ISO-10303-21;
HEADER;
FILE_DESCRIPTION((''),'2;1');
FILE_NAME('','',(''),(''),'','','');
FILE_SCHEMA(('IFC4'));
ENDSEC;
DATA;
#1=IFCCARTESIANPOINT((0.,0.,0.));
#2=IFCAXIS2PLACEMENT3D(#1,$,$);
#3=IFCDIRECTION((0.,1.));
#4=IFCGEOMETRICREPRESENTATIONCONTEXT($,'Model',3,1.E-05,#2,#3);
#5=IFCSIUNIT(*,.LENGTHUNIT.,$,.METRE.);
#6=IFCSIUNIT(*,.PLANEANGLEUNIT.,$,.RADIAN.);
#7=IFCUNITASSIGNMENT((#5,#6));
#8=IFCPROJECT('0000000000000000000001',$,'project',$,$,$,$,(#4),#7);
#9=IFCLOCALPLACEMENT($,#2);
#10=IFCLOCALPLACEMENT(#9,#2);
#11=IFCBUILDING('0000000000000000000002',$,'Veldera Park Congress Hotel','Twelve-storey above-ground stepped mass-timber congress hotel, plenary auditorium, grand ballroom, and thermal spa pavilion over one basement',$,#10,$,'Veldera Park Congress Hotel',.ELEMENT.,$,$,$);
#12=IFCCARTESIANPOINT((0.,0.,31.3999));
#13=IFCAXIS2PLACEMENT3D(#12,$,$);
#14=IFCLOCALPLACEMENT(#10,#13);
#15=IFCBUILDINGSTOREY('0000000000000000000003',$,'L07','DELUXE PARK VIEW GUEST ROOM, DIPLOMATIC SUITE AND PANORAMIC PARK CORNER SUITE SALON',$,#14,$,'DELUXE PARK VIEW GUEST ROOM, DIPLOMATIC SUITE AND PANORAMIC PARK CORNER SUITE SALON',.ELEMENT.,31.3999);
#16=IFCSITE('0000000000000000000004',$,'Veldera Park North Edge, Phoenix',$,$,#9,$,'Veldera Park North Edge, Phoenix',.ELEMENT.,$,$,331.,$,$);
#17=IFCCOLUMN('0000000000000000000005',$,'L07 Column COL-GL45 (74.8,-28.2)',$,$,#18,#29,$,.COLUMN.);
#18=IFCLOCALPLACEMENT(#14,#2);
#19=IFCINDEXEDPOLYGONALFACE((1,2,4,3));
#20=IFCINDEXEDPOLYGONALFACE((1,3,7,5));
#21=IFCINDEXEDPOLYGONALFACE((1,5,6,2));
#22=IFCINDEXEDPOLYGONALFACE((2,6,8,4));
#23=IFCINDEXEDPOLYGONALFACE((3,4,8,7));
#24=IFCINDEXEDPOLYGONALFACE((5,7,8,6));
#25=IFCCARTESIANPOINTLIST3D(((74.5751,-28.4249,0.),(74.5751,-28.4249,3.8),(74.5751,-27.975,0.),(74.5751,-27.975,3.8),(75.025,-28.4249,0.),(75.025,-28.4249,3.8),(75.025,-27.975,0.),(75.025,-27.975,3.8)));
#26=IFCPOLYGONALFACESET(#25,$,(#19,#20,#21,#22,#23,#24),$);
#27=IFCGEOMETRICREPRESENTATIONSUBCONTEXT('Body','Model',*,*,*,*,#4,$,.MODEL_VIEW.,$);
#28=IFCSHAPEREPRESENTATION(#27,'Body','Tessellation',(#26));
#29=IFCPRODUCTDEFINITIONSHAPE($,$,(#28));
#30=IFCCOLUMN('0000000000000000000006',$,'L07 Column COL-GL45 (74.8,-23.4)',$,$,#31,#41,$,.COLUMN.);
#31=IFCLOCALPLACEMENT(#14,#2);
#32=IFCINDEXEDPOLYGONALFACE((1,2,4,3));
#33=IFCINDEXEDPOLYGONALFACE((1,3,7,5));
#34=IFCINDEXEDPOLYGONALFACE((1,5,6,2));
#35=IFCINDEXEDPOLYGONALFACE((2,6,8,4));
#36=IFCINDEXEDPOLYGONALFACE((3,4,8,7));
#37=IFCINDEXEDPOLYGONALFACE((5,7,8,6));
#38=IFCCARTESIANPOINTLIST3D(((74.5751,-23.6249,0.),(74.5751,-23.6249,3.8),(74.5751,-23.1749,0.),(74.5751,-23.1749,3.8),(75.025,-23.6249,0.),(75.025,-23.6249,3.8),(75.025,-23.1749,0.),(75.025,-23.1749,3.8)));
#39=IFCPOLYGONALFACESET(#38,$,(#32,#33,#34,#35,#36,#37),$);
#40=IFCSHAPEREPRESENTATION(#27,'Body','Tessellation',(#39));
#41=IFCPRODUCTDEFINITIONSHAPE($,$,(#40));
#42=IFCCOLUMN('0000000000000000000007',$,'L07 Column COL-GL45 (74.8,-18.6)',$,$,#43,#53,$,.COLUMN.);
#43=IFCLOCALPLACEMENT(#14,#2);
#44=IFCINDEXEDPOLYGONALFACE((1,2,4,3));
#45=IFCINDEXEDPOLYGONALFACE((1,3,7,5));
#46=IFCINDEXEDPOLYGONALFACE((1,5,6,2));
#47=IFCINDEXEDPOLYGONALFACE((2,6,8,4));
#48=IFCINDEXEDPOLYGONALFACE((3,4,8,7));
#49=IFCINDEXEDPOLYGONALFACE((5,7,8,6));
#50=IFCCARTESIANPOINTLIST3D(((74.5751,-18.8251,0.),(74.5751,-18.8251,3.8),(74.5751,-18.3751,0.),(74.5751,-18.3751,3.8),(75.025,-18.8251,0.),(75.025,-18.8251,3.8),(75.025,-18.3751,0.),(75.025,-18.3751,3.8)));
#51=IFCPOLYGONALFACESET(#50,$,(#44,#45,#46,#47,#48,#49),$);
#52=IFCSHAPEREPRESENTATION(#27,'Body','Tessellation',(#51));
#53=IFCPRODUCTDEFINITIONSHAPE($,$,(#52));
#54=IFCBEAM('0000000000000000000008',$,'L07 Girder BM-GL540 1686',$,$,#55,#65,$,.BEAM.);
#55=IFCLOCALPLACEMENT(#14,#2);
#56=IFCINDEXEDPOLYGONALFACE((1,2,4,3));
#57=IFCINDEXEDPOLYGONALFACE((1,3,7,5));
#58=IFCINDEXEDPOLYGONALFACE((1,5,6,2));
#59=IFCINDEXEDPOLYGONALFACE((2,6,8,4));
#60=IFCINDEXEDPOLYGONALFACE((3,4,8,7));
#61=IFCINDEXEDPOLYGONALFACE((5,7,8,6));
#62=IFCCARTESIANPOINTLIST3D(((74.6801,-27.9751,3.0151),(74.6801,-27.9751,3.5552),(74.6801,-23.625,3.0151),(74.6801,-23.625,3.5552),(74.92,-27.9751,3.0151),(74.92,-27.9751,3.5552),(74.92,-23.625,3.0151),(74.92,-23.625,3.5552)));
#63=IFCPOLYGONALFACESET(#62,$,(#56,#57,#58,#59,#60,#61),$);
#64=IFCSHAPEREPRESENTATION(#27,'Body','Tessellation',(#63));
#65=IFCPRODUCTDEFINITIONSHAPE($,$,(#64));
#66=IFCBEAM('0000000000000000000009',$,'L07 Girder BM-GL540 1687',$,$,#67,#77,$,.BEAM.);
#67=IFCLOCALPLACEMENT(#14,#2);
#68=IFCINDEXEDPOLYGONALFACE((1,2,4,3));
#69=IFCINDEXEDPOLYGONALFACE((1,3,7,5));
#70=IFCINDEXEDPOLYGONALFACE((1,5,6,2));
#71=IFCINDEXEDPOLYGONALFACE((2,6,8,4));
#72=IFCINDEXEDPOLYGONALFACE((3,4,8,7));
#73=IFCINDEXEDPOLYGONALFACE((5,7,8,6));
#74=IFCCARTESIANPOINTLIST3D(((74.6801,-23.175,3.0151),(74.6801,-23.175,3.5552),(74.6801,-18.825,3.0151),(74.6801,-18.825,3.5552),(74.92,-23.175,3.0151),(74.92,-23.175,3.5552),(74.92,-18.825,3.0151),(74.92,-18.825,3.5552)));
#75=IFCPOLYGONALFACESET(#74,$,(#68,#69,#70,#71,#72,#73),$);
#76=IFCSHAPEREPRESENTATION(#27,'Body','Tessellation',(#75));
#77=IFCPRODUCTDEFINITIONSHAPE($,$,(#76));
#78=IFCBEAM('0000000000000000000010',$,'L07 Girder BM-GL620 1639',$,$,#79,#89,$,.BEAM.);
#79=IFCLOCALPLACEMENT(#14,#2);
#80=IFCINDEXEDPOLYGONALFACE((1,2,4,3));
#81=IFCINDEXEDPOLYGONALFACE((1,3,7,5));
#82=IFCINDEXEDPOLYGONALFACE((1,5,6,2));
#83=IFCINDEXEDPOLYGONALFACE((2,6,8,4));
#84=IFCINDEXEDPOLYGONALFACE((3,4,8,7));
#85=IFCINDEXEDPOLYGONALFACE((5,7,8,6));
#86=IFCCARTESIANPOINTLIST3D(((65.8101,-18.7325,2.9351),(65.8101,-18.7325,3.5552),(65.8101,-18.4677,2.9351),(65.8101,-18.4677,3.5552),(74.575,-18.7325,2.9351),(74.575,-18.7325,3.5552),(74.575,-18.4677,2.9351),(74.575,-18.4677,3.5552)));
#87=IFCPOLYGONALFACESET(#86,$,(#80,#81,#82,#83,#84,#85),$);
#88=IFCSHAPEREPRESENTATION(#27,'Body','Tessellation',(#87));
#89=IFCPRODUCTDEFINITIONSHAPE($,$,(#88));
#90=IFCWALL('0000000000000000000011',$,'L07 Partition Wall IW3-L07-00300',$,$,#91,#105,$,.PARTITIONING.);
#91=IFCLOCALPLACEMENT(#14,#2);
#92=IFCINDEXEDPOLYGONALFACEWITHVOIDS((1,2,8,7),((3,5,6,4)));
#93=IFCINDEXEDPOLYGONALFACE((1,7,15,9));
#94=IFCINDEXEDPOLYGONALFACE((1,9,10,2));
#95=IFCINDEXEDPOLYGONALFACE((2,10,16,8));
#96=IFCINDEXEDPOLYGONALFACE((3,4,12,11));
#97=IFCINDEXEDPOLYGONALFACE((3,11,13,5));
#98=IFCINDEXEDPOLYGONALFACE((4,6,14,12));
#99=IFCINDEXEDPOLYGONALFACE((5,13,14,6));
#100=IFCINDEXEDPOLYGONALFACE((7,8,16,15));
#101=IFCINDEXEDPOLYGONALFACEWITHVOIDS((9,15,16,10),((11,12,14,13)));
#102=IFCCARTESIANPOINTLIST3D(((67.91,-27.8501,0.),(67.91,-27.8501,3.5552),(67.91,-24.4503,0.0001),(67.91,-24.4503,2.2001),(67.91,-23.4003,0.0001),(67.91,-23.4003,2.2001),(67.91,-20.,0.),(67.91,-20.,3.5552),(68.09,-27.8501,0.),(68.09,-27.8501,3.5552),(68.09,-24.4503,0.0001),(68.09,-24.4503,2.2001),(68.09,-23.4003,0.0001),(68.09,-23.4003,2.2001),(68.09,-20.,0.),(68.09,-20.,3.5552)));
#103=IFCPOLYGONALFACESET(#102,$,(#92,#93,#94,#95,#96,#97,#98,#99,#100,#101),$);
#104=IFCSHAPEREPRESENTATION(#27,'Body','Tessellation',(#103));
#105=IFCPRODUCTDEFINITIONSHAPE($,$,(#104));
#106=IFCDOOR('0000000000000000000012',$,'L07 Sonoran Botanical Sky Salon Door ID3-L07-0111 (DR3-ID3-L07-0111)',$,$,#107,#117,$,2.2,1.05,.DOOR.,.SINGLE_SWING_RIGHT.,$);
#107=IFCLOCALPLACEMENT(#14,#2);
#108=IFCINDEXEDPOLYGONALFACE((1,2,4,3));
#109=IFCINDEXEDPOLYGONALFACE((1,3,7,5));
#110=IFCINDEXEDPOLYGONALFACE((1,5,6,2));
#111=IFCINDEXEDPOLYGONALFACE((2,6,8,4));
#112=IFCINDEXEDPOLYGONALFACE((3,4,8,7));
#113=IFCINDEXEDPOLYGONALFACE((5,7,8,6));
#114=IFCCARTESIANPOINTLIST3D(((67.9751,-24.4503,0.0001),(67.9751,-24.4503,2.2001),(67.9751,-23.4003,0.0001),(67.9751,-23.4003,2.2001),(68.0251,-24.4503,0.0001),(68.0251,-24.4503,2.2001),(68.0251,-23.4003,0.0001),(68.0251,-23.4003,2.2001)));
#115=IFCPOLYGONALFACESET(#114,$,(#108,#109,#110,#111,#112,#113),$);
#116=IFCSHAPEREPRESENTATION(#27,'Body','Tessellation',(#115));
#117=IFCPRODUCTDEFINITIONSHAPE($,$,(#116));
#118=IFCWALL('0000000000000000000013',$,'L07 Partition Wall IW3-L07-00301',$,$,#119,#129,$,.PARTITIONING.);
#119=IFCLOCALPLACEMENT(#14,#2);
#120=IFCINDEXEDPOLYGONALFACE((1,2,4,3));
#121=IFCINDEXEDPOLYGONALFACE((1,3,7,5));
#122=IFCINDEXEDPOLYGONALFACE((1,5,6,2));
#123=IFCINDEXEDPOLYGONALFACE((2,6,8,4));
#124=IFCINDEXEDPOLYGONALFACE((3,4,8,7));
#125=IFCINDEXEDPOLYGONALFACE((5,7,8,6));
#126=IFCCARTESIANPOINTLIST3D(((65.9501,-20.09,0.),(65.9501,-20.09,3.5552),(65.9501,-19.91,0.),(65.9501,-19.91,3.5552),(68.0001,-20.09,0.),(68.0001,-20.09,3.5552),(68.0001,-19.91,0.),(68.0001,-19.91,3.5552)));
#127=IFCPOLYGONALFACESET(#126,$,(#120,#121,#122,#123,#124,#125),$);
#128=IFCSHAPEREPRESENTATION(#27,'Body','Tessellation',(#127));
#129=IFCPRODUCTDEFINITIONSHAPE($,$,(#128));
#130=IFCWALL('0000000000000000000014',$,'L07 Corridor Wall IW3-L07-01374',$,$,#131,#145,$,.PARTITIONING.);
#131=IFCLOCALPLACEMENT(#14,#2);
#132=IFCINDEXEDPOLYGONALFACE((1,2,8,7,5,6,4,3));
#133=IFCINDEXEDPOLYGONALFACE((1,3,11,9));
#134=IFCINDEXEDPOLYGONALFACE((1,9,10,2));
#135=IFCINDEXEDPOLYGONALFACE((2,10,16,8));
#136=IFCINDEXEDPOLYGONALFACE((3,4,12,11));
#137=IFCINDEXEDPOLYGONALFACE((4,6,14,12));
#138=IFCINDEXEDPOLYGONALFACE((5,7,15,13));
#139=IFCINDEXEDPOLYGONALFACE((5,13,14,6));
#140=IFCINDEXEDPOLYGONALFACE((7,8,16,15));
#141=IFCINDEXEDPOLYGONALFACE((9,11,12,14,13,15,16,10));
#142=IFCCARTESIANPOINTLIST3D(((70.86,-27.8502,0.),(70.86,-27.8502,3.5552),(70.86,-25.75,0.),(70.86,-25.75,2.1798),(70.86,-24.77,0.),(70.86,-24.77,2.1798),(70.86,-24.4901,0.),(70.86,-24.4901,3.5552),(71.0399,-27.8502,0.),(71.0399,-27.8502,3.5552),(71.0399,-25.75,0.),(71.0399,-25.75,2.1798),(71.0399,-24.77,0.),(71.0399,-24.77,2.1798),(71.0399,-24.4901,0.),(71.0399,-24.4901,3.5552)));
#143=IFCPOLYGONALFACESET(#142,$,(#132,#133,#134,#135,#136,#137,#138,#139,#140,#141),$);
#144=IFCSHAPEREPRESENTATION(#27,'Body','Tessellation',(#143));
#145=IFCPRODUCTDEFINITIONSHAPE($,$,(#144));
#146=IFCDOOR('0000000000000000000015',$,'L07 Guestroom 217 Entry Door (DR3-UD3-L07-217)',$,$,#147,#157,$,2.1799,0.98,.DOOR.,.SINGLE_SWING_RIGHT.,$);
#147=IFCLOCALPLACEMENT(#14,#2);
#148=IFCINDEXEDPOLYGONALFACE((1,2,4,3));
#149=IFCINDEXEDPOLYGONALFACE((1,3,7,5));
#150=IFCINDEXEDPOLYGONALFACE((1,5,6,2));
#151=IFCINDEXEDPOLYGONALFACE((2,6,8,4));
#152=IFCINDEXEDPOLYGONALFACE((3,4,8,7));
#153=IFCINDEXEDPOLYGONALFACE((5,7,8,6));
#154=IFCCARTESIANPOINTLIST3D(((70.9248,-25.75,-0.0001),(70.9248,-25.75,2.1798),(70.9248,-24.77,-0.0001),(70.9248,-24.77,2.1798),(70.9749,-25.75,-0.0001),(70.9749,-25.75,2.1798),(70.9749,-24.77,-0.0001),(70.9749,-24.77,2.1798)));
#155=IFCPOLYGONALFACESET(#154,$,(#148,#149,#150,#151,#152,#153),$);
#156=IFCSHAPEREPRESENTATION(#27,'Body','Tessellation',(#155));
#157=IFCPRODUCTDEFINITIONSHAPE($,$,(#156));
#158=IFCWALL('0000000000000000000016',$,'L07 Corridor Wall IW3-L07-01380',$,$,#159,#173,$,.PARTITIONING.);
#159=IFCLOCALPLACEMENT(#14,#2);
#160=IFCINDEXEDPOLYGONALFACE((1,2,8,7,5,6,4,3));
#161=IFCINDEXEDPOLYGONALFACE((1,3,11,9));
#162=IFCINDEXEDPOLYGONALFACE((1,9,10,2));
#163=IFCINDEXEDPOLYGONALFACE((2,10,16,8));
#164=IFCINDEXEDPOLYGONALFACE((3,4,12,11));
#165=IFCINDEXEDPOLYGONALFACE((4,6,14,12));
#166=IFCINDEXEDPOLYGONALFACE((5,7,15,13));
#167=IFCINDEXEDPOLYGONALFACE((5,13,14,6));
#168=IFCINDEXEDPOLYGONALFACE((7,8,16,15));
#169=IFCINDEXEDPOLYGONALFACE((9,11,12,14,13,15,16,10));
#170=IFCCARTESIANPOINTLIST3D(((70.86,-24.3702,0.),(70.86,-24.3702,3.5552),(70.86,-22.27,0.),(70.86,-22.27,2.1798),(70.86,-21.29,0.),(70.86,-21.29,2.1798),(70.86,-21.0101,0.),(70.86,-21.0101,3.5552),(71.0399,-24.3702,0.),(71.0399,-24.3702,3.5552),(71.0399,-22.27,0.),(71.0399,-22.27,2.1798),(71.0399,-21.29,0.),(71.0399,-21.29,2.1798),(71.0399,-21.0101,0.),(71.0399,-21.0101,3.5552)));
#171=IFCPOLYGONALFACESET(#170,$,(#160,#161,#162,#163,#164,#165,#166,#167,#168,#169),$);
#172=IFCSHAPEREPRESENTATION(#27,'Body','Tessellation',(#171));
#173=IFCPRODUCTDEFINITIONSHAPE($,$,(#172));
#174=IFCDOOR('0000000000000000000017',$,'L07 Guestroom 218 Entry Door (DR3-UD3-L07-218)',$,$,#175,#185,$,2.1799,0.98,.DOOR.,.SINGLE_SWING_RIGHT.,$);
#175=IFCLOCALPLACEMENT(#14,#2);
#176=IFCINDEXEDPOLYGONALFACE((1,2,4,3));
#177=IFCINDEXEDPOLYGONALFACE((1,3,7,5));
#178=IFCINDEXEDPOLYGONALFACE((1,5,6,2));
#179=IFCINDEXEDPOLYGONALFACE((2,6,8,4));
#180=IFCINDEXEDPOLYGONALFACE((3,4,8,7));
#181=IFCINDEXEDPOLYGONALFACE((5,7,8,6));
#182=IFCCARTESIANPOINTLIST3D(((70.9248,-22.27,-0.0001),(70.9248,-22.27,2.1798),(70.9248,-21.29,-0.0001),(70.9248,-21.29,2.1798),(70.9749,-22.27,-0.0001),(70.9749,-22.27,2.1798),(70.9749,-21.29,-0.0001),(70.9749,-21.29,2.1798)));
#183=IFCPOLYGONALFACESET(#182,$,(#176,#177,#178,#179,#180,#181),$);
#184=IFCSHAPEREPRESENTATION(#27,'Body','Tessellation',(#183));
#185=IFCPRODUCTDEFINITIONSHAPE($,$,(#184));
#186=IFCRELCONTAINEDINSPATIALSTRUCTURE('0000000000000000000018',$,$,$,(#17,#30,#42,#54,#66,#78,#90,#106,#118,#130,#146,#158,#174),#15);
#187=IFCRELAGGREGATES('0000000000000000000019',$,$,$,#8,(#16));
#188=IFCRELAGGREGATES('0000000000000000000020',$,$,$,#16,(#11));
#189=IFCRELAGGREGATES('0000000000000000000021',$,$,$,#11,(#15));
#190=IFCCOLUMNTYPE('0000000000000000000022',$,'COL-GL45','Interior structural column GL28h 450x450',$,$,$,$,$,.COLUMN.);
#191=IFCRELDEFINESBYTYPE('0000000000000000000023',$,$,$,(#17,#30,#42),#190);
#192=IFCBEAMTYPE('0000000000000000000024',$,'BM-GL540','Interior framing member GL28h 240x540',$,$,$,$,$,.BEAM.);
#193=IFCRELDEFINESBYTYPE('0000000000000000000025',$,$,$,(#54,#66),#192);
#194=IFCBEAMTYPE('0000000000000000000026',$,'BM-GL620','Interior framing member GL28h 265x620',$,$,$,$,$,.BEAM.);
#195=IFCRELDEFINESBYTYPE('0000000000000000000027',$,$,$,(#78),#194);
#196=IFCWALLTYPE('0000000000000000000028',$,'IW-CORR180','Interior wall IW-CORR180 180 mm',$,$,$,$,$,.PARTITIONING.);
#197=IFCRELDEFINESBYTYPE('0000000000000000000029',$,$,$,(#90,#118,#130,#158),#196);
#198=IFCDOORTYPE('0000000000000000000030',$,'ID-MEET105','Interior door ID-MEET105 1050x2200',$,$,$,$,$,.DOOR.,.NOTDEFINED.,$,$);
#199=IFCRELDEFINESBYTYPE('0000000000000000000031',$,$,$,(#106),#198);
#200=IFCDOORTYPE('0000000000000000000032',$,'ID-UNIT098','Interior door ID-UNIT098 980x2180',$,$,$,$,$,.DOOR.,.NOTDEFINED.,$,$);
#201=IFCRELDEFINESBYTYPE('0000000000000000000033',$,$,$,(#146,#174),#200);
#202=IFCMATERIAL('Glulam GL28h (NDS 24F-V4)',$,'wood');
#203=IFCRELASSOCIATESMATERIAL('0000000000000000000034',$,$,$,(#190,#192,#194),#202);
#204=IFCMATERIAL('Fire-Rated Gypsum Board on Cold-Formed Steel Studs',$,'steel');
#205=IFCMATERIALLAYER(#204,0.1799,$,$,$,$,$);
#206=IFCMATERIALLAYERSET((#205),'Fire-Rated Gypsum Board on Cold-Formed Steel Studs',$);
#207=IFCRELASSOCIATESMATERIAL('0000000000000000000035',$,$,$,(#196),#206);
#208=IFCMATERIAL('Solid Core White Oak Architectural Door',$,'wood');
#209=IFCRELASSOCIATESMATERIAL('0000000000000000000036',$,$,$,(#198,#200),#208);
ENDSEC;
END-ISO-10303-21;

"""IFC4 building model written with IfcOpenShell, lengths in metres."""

from ifc_helpers import new_model, si_unit, direction, frame, frame_2d, origin, origin_2d, place, context, subcontext, project, spatial, rectangle, extrude, material, layer, layer_set, material_profile, profile_set, type_object, element, fill, save


model = new_model("IFC4")

# Units and contexts
model_context = context("Model", 3, precision=1e-05, world=origin(), true_north=direction((0.0, 1.0)))
body_context = subcontext(model_context, "Body", "Model", "MODEL_VIEW")
ifc_project = project(units=[si_unit("LENGTHUNIT", "METRE"), si_unit("PLANEANGLEUNIT", "RADIAN")], contexts=[model_context])

# Site, building, storey
site_placement = place(None, origin())
site = spatial("IfcSite", under=ifc_project, at=site_placement, Name="Veldera Park North Edge, Phoenix", LongName="Veldera Park North Edge, Phoenix", CompositionType="ELEMENT", RefElevation=331.0)
building_placement = place(site_placement, origin())
building = spatial("IfcBuilding", under=site, at=building_placement, Name="Veldera Park Congress Hotel", Description="Twelve-storey above-ground stepped mass-timber congress hotel, plenary auditorium, grand ballroom, and thermal spa pavilion over one basement", LongName="Veldera Park Congress Hotel", CompositionType="ELEMENT")
storey_placement = place(building_placement, frame((0.0, 0.0, 31.3999)))
storey = spatial("IfcBuildingStorey", under=building, at=storey_placement, Name="L07", Description="DELUXE PARK VIEW GUEST ROOM, DIPLOMATIC SUITE AND PANORAMIC PARK CORNER SUITE SALON", LongName="DELUXE PARK VIEW GUEST ROOM, DIPLOMATIC SUITE AND PANORAMIC PARK CORNER SUITE SALON", CompositionType="ELEMENT", Elevation=31.3999)

# Columns
ifc_material_1 = material(Name="Glulam GL28h (NDS 24F-V4)", Category="wood")
ifc_material_profile_1 = material_profile(ifc_material_1, rectangle(XDim=0.45, YDim=0.45, at=origin_2d()), Name="GL28h 450x450")
ifc_profile_set_1 = profile_set([ifc_material_profile_1], Name="Glulam GL28h (NDS 24F-V4)")
column_type = type_object("IfcColumnType", Name="COL-GL45", Description="Interior structural column GL28h 450x450", PredefinedType="COLUMN", material=ifc_profile_set_1)
for number, where, z_axis, x_axis, name in (
    (1, (74.8, -28.2, 0.0), (0.0, 0.0, 1.0), (1.0, 0.0, 0.0), "L07 Column COL-GL45 (74.8,-28.2)"),
    (2, (74.8, -23.3999, 0.0), (0.0, 0.0, 1.0), (1.0, 0.0, 0.0), "L07 Column COL-GL45 (74.8,-23.4)"),
    (3, (74.8, -18.6001, 0.0), (0.0, 0.0, 1.0), (1.0, 0.0, 0.0), "L07 Column COL-GL45 (74.8,-18.6)"),
):
    element("IfcColumn", number, at=place(storey_placement, frame(where, z_axis=z_axis, x_axis=x_axis)), inside=storey, type_object=column_type, Name=name, PredefinedType="COLUMN", context=body_context, shape_type="SweptSolid", body=[
        extrude(rectangle(XDim=0.45, YDim=0.45, at=origin_2d()), origin(), (0.0, 0.0, 1.0), 3.8),
    ])

# Beams
ifc_material_profile_2 = material_profile(ifc_material_1, rectangle(XDim=0.24, YDim=0.54, at=origin_2d()), Name="GL28h 240x540")
ifc_profile_set_2 = profile_set([ifc_material_profile_2], Name="Glulam GL28h (NDS 24F-V4)")
beam_type_1 = type_object("IfcBeamType", Name="BM-GL540", Description="Interior framing member GL28h 240x540", PredefinedType="BEAM", material=ifc_profile_set_2)
for number, where, z_axis, x_axis, name in (
    (4, (74.8, -27.9751, 3.2852), (0.0, 1.0, 0.0), (-1.0, 0.0, 0.0), "L07 Girder BM-GL540 1686"),
    (5, (74.8, -23.175, 3.2852), (0.0, 1.0, 0.0), (-1.0, 0.0, 0.0), "L07 Girder BM-GL540 1687"),
):
    element("IfcBeam", number, at=place(storey_placement, frame(where, z_axis=z_axis, x_axis=x_axis)), inside=storey, type_object=beam_type_1, Name=name, PredefinedType="BEAM", context=body_context, shape_type="SweptSolid", body=[
        extrude(rectangle(XDim=0.24, YDim=0.54, at=origin_2d()), origin(), (0.0, 0.0, 1.0), 4.3501),
    ])
ifc_material_profile_3 = material_profile(ifc_material_1, rectangle(XDim=0.2649, YDim=0.6201, at=origin_2d()), Name="GL28h 265x620")
ifc_profile_set_3 = profile_set([ifc_material_profile_3], Name="Glulam GL28h (NDS 24F-V4)")
beam_type_2 = type_object("IfcBeamType", Name="BM-GL620", Description="Interior framing member GL28h 265x620", PredefinedType="BEAM", material=ifc_profile_set_3)
beam_placement = place(storey_placement, frame((65.8101, -18.6001, 3.2451), z_axis=(1.0, 0.0, 0.0), x_axis=(0.0, 1.0, 0.0)))
element("IfcBeam", 6, at=beam_placement, inside=storey, type_object=beam_type_2, Name="L07 Girder BM-GL620 1639", PredefinedType="BEAM", context=body_context, shape_type="SweptSolid", body=[
    extrude(rectangle(XDim=0.2649, YDim=0.6201, at=origin_2d()), origin(), (0.0, 0.0, 1.0), 8.7649),
])

# Wall, opening, door
ifc_material_2 = material(Name="Fire-Rated Gypsum Board on Cold-Formed Steel Studs", Category="steel")
ifc_layer_1 = layer(ifc_material_2, 0.1799)
ifc_layer_set_1 = layer_set([ifc_layer_1], Name="Fire-Rated Gypsum Board on Cold-Formed Steel Studs")
wall_type_1 = type_object("IfcWallType", Name="IW-CORR180", Description="Interior wall IW-CORR180 180 mm", PredefinedType="PARTITIONING", material=ifc_layer_set_1)
wall_1_placement = place(storey_placement, frame((68.0, -27.8501, 0.0), z_axis=(0.0, 0.0, 1.0), x_axis=(0.0, 1.0, 0.0)))
wall_1 = element("IfcWall", 7, at=wall_1_placement, inside=storey, type_object=wall_type_1, Name="L07 Partition Wall IW3-L07-00300", PredefinedType="PARTITIONING", context=body_context, shape_type="SweptSolid", body=[
    extrude(rectangle(XDim=7.8501, YDim=0.1799, at=frame_2d((3.925, 0.0))), origin(), (0.0, 0.0, 1.0), 3.5552),
])
opening_1_placement = place(wall_1_placement, frame((3.3999, 0.0, 0.0)))
opening_1 = element("IfcOpeningElement", 8, at=opening_1_placement, cuts=wall_1, PredefinedType="OPENING", context=body_context, shape_type="SweptSolid", body=[
    extrude(rectangle(XDim=1.05, YDim=2.2, at=frame_2d((0.5249, 1.1001))), frame((0.0, 0.1021, 0.0), z_axis=(0.0, -1.0, 0.0), x_axis=(1.0, 0.0, 0.0)), (0.0, 0.0, 1.0), 0.2039),
])
ifc_material_3 = material(Name="Solid Core White Oak Architectural Door", Category="wood")
door_type_1 = type_object("IfcDoorType", Name="ID-MEET105", Description="Interior door ID-MEET105 1050x2200", OperationType="NOTDEFINED", PredefinedType="DOOR", material=ifc_material_3)
door_1_placement = place(opening_1_placement, origin())
door_1 = element("IfcDoor", 9, at=door_1_placement, inside=storey, type_object=door_type_1, Name="L07 Sonoran Botanical Sky Salon Door ID3-L07-0111 (DR3-ID3-L07-0111)", OperationType="SINGLE_SWING_RIGHT", OverallHeight=2.2, OverallWidth=1.05, PredefinedType="DOOR", context=body_context, shape_type="SweptSolid", body=[
    extrude(rectangle(XDim=1.05, YDim=2.2, at=frame_2d((0.5249, 1.1001))), frame((0.0, 0.0249, 0.0), z_axis=(0.0, -1.0, 0.0), x_axis=(1.0, 0.0, 0.0)), (0.0, 0.0, 1.0), 0.05),
])
fill(opening_1, door_1)

# Wall
wall_2_placement = place(storey_placement, frame((68.0, -20.0, 0.0), z_axis=(0.0, 0.0, 1.0), x_axis=(-1.0, 0.0, 0.0)))
element("IfcWall", 10, at=wall_2_placement, inside=storey, type_object=wall_type_1, Name="L07 Partition Wall IW3-L07-00301", PredefinedType="PARTITIONING", context=body_context, shape_type="SweptSolid", body=[
    extrude(rectangle(XDim=2.05, YDim=0.1799, at=frame_2d((1.0249, 0.0))), origin(), (0.0, 0.0, 1.0), 3.5552),
])

# Walls, openings, doors
wall_3_placement = place(storey_placement, frame((70.95, -24.49, 0.0), z_axis=(0.0, 0.0, 1.0), x_axis=(0.0, -1.0, 0.0)))
wall_3 = element("IfcWall", 11, at=wall_3_placement, inside=storey, type_object=wall_type_1, Name="L07 Corridor Wall IW3-L07-01374", PredefinedType="PARTITIONING", context=body_context, shape_type="SweptSolid", body=[
    extrude(rectangle(XDim=3.3601, YDim=0.1799, at=frame_2d((1.6802, 0.0))), origin(), (0.0, 0.0, 1.0), 3.5552),
])
opening_2_placement = place(wall_3_placement, frame((0.28, 0.0, 0.0)))
opening_2 = element("IfcOpeningElement", 12, at=opening_2_placement, cuts=wall_3, PredefinedType="OPENING", context=body_context, shape_type="SweptSolid", body=[
    extrude(rectangle(XDim=0.98, YDim=2.1799, at=frame_2d((0.49, 1.0898))), frame((0.0, 0.1021, 0.0), z_axis=(0.0, -1.0, 0.0), x_axis=(1.0, 0.0, 0.0)), (0.0, 0.0, 1.0), 0.2039),
])
door_type_2 = type_object("IfcDoorType", Name="ID-UNIT098", Description="Interior door ID-UNIT098 980x2180", OperationType="NOTDEFINED", PredefinedType="DOOR", material=ifc_material_3)
door_2_placement = place(opening_2_placement, origin())
door_2 = element("IfcDoor", 13, at=door_2_placement, inside=storey, type_object=door_type_2, Name="L07 Guestroom 217 Entry Door (DR3-UD3-L07-217)", OperationType="SINGLE_SWING_RIGHT", OverallHeight=2.1799, OverallWidth=0.98, PredefinedType="DOOR", context=body_context, shape_type="SweptSolid", body=[
    extrude(rectangle(XDim=0.98, YDim=2.1799, at=frame_2d((0.49, 1.0898))), frame((0.0, 0.0249, 0.0), z_axis=(0.0, -1.0, 0.0), x_axis=(1.0, 0.0, 0.0)), (0.0, 0.0, 1.0), 0.05),
])
fill(opening_2, door_2)
wall_4_placement = place(storey_placement, frame((70.95, -21.01, 0.0), z_axis=(0.0, 0.0, 1.0), x_axis=(0.0, -1.0, 0.0)))
wall_4 = element("IfcWall", 14, at=wall_4_placement, inside=storey, type_object=wall_type_1, Name="L07 Corridor Wall IW3-L07-01380", PredefinedType="PARTITIONING", context=body_context, shape_type="SweptSolid", body=[
    extrude(rectangle(XDim=3.3601, YDim=0.1799, at=frame_2d((1.6802, 0.0))), origin(), (0.0, 0.0, 1.0), 3.5552),
])
opening_3_placement = place(wall_4_placement, frame((0.28, 0.0, 0.0)))
opening_3 = element("IfcOpeningElement", 15, at=opening_3_placement, cuts=wall_4, PredefinedType="OPENING", context=body_context, shape_type="SweptSolid", body=[
    extrude(rectangle(XDim=0.98, YDim=2.1799, at=frame_2d((0.49, 1.0898))), frame((0.0, 0.1021, 0.0), z_axis=(0.0, -1.0, 0.0), x_axis=(1.0, 0.0, 0.0)), (0.0, 0.0, 1.0), 0.2039),
])
door_3_placement = place(opening_3_placement, origin())
door_3 = element("IfcDoor", 16, at=door_3_placement, inside=storey, type_object=door_type_2, Name="L07 Guestroom 218 Entry Door (DR3-UD3-L07-218)", OperationType="SINGLE_SWING_RIGHT", OverallHeight=2.1799, OverallWidth=0.98, PredefinedType="DOOR", context=body_context, shape_type="SweptSolid", body=[
    extrude(rectangle(XDim=0.98, YDim=2.1799, at=frame_2d((0.49, 1.0898))), frame((0.0, 0.0249, 0.0), z_axis=(0.0, -1.0, 0.0), x_axis=(1.0, 0.0, 0.0)), (0.0, 0.0, 1.0), 0.05),
])
fill(opening_3, door_3)

save(model, "model.ifc")
